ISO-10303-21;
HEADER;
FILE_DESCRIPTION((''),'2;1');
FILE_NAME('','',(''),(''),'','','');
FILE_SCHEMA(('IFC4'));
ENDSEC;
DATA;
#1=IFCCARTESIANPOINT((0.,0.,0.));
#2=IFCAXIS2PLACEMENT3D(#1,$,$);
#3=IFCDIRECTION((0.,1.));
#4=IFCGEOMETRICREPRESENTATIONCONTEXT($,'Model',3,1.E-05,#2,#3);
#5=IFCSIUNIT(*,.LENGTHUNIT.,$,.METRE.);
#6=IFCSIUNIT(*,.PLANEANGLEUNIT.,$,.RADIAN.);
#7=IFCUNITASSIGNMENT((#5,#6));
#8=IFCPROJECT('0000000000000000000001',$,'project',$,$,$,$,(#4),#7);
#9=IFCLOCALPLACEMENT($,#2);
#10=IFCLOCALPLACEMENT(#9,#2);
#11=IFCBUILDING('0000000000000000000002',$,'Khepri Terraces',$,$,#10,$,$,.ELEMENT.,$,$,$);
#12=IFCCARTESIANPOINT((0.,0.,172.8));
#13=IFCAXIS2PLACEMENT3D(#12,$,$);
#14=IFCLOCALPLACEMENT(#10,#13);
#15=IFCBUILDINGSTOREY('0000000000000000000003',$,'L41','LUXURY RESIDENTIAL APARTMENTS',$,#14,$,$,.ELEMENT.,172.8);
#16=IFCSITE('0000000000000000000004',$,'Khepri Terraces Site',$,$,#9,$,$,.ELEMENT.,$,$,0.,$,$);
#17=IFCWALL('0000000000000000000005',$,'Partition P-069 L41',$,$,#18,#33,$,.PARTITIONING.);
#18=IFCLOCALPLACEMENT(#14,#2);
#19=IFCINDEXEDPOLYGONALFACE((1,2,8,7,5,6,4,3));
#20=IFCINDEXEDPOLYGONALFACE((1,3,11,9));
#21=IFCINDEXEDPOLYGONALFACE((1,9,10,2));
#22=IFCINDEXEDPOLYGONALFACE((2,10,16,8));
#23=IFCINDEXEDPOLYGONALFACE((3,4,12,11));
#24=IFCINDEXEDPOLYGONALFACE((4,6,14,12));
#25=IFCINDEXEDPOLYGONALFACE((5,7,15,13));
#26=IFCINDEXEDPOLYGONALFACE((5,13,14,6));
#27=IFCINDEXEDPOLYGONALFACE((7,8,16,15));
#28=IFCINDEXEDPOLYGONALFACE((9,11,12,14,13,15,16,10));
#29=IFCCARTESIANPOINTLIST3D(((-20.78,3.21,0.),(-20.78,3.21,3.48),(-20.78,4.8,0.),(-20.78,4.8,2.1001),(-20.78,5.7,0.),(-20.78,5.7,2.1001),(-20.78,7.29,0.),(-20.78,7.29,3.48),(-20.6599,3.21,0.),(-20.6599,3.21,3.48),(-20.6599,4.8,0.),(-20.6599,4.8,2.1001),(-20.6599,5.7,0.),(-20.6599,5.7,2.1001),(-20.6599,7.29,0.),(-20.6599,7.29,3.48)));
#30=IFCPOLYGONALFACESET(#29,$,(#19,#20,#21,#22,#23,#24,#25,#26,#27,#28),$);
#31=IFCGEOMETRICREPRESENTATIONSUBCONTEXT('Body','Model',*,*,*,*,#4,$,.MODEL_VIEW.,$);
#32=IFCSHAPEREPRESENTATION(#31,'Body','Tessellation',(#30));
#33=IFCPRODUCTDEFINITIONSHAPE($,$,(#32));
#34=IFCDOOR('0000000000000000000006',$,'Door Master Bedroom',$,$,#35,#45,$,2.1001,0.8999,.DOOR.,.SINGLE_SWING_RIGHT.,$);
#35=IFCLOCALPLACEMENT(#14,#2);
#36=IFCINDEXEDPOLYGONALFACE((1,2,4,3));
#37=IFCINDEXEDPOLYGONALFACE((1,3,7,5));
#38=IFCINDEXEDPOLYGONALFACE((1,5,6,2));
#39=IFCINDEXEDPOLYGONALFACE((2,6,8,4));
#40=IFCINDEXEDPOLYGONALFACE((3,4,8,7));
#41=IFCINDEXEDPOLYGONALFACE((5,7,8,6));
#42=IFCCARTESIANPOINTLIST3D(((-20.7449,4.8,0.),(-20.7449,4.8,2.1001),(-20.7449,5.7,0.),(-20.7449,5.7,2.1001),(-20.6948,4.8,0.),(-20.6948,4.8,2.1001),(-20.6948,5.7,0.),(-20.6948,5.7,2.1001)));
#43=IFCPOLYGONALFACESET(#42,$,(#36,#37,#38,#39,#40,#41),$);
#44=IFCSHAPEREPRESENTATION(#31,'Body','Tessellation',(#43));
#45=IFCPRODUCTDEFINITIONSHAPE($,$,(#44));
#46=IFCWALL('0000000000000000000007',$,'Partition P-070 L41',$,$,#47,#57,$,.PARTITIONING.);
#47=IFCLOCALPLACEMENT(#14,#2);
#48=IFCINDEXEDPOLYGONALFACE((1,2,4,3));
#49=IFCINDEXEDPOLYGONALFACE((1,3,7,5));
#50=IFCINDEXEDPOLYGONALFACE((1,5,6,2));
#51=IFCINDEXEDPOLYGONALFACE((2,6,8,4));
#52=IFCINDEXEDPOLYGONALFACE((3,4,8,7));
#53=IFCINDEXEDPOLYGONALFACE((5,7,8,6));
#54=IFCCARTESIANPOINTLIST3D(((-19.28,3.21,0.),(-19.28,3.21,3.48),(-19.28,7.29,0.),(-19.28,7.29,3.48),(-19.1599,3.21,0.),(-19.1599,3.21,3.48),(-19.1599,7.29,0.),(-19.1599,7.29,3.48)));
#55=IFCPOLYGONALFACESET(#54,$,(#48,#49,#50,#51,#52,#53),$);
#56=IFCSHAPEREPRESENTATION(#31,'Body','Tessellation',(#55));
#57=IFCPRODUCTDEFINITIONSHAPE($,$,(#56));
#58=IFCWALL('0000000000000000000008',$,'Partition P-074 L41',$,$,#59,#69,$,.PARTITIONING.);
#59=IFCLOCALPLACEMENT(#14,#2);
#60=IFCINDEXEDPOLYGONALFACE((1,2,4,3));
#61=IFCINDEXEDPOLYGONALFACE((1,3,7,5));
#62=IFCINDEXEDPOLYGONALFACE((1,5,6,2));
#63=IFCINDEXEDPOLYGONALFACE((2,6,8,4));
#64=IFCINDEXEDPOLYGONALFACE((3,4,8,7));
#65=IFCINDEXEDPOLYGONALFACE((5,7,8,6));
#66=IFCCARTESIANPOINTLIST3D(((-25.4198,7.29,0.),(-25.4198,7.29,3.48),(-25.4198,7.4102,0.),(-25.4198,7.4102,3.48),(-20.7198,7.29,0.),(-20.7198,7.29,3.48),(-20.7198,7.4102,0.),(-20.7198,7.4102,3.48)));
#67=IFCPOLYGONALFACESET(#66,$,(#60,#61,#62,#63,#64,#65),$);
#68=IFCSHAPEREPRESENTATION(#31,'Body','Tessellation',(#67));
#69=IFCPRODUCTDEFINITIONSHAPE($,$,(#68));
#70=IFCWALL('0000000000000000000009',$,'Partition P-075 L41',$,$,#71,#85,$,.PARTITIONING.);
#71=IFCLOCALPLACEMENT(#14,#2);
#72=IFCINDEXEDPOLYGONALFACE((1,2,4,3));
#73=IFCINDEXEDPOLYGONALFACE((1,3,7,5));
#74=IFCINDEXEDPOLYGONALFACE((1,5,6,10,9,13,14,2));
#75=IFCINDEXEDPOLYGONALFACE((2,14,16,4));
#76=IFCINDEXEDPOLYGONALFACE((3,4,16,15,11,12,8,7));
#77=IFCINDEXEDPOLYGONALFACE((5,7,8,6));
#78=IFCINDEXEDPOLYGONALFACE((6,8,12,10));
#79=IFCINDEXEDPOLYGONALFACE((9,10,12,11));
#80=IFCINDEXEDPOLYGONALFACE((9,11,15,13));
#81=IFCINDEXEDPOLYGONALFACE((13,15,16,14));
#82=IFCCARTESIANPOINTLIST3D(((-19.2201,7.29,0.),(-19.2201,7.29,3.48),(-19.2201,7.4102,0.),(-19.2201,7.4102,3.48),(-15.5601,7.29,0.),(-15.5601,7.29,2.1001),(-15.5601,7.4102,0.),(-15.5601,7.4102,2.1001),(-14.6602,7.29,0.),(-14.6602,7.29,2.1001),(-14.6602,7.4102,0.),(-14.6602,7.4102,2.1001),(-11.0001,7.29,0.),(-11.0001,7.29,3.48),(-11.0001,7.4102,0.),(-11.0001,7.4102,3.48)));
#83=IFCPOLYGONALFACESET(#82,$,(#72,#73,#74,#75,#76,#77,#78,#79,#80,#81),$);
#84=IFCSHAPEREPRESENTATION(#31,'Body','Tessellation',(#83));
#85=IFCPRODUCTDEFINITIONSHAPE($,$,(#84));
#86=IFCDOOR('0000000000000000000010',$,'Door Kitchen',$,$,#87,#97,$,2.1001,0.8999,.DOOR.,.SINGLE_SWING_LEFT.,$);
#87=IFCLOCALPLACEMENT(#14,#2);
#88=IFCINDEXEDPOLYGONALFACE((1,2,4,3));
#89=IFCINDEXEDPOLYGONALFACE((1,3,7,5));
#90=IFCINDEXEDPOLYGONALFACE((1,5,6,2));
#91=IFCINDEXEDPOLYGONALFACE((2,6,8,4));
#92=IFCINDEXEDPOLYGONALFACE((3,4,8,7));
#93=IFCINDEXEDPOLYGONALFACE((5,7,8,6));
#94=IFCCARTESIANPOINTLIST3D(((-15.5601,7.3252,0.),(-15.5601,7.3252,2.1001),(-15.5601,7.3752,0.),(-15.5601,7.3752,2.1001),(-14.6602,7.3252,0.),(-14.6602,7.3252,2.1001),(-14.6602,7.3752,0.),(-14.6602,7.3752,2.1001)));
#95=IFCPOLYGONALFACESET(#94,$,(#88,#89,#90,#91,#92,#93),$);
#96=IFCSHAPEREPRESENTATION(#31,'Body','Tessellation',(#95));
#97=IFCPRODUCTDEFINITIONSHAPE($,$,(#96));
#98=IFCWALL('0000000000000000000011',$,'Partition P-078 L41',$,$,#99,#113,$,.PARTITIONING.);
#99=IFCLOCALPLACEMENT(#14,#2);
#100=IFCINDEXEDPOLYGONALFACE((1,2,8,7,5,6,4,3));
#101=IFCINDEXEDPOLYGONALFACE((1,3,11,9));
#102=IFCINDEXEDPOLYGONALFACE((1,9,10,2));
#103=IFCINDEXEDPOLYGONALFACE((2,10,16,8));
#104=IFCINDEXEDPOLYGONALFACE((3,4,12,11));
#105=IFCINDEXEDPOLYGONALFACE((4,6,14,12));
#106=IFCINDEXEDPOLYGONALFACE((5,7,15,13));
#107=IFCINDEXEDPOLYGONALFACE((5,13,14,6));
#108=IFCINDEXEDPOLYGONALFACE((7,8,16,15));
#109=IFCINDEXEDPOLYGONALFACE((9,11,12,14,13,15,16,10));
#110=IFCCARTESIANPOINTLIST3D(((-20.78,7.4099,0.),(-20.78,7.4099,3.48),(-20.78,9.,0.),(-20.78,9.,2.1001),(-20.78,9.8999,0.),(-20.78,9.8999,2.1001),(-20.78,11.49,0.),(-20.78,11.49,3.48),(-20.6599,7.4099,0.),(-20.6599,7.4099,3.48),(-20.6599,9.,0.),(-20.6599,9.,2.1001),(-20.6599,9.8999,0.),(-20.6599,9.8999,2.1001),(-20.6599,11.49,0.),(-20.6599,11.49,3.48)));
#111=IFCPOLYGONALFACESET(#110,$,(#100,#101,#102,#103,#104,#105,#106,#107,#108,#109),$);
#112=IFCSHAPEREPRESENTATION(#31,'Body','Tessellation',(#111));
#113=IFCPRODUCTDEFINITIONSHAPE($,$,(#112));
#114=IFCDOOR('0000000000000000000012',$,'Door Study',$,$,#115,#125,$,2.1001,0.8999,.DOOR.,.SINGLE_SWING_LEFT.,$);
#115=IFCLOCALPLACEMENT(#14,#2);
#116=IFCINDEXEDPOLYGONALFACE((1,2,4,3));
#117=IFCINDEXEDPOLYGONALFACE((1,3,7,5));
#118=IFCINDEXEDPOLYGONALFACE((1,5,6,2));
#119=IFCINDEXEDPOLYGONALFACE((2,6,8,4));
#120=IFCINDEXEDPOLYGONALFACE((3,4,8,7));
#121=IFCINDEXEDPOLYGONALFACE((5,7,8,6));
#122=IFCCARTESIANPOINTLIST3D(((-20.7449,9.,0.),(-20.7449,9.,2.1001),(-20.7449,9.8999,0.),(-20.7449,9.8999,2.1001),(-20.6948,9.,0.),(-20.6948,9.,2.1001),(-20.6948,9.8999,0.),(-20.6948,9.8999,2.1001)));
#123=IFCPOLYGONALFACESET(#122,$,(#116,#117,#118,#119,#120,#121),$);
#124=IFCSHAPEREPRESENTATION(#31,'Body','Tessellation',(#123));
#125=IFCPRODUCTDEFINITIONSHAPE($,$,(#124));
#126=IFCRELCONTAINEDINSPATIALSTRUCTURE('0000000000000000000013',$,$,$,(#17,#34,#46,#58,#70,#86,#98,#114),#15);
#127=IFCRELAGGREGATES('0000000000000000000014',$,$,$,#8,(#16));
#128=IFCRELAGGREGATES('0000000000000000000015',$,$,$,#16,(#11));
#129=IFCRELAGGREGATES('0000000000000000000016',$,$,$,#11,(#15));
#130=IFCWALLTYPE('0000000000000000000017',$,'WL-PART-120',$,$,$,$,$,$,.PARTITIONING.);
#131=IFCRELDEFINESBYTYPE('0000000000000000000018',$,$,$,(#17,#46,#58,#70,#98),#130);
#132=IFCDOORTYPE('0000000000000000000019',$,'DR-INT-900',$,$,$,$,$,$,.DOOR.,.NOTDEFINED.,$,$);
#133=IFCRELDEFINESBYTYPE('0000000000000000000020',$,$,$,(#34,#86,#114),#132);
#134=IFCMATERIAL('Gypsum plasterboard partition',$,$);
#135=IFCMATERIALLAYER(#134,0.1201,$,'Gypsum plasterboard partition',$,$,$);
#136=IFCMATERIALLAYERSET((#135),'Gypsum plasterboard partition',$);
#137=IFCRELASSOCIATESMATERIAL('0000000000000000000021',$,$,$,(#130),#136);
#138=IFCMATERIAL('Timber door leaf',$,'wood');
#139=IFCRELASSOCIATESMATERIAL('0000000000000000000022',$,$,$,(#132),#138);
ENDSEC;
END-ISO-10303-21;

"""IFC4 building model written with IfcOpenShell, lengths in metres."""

from ifc_helpers import new_model, si_unit, direction, frame, frame_2d, origin, place, context, subcontext, project, spatial, rectangle, extrude, material, layer, layer_set, type_object, element, fill, save


model = new_model("IFC4")

# Units and contexts
model_context = context("Model", 3, precision=1e-05, world=origin(), true_north=direction((0.0, 1.0)))
body_context = subcontext(model_context, "Body", "Model", "MODEL_VIEW")
ifc_project = project(units=[si_unit("LENGTHUNIT", "METRE"), si_unit("PLANEANGLEUNIT", "RADIAN")], contexts=[model_context])

# Site, building, storey
site_placement = place(None, origin())
site = spatial("IfcSite", under=ifc_project, at=site_placement, Name="Khepri Terraces Site", CompositionType="ELEMENT", RefElevation=0.0)
building_placement = place(site_placement, origin())
building = spatial("IfcBuilding", under=site, at=building_placement, Name="Khepri Terraces", CompositionType="ELEMENT")
storey_placement = place(building_placement, frame((0.0, 0.0, 172.8)))
storey = spatial("IfcBuildingStorey", under=building, at=storey_placement, Name="L41", Description="LUXURY RESIDENTIAL APARTMENTS", CompositionType="ELEMENT", Elevation=172.8)

# Shared definitions
ifc_material_1 = material(Name="Gypsum plasterboard partition")
ifc_layer_1 = layer(ifc_material_1, 0.1201, Name="Gypsum plasterboard partition")
ifc_layer_set_1 = layer_set([ifc_layer_1], Name="Gypsum plasterboard partition")
wall_type_1 = type_object("IfcWallType", Name="WL-PART-120", PredefinedType="PARTITIONING", material=ifc_layer_set_1)

# Shared definitions
ifc_material_2 = material(Name="Timber door leaf", Category="wood")
door_type_1 = type_object("IfcDoorType", Name="DR-INT-900", OperationType="NOTDEFINED", PredefinedType="DOOR", material=ifc_material_2)

# Wall, opening, door
wall_1_placement = place(storey_placement, frame((-20.72, 3.21, 0.0), z_axis=(0.0, 0.0, 1.0), x_axis=(0.0, 1.0, 0.0)))
wall_1 = element("IfcWall", 1, at=wall_1_placement, inside=storey, type_object=wall_type_1, Name="Partition P-069 L41", PredefinedType="PARTITIONING", context=body_context, shape_type="SweptSolid", body=[
    extrude(rectangle(XDim=4.0801, YDim=0.1201, at=frame_2d((2.04, 0.0))), origin(), (0.0, 0.0, 1.0), 3.48),
])
opening_1_placement = place(wall_1_placement, frame((1.5901, 0.0, 0.0)))
opening_1 = element("IfcOpeningElement", 2, at=opening_1_placement, cuts=wall_1, PredefinedType="OPENING", context=body_context, shape_type="SweptSolid", body=[
    extrude(rectangle(XDim=0.8999, YDim=2.1001, at=frame_2d((0.45, 1.05))), frame((0.0, 0.0701, 0.0), z_axis=(0.0, -1.0, 0.0), x_axis=(1.0, 0.0, 0.0)), (0.0, 0.0, 1.0), 0.1401),
])
door_1_placement = place(opening_1_placement, origin())
door_1 = element("IfcDoor", 3, at=door_1_placement, inside=storey, type_object=door_type_1, Name="Door Master Bedroom", OperationType="SINGLE_SWING_RIGHT", OverallHeight=2.1001, OverallWidth=0.8999, PredefinedType="DOOR", context=body_context, shape_type="SweptSolid", body=[
    extrude(rectangle(XDim=0.8999, YDim=2.1001, at=frame_2d((0.45, 1.05))), frame((0.0, 0.0249, 0.0), z_axis=(0.0, -1.0, 0.0), x_axis=(1.0, 0.0, 0.0)), (0.0, 0.0, 1.0), 0.05),
])
fill(opening_1, door_1)

# Walls
wall_2_placement = place(storey_placement, frame((-19.22, 3.21, 0.0), z_axis=(0.0, 0.0, 1.0), x_axis=(0.0, 1.0, 0.0)))
element("IfcWall", 4, at=wall_2_placement, inside=storey, type_object=wall_type_1, Name="Partition P-070 L41", PredefinedType="PARTITIONING", context=body_context, shape_type="SweptSolid", body=[
    extrude(rectangle(XDim=4.0801, YDim=0.1201, at=frame_2d((2.04, 0.0))), origin(), (0.0, 0.0, 1.0), 3.48),
])
wall_3_placement = place(storey_placement, frame((-25.4199, 7.3501, 0.0), z_axis=(0.0, 0.0, 1.0), x_axis=(1.0, 0.0, 0.0)))
element("IfcWall", 5, at=wall_3_placement, inside=storey, type_object=wall_type_1, Name="Partition P-074 L41", PredefinedType="PARTITIONING", context=body_context, shape_type="SweptSolid", body=[
    extrude(rectangle(XDim=4.7, YDim=0.1201, at=frame_2d((2.3501, 0.0))), origin(), (0.0, 0.0, 1.0), 3.48),
])

# Walls, openings, doors
wall_4_placement = place(storey_placement, frame((-19.22, 7.3501, 0.0), z_axis=(0.0, 0.0, 1.0), x_axis=(1.0, 0.0, 0.0)))
wall_4 = element("IfcWall", 6, at=wall_4_placement, inside=storey, type_object=wall_type_1, Name="Partition P-075 L41", PredefinedType="PARTITIONING", context=body_context, shape_type="SweptSolid", body=[
    extrude(rectangle(XDim=8.22, YDim=0.1201, at=frame_2d((4.1099, 0.0))), origin(), (0.0, 0.0, 1.0), 3.48),
])
opening_2_placement = place(wall_4_placement, frame((3.6599, 0.0, 0.0)))
opening_2 = element("IfcOpeningElement", 7, at=opening_2_placement, cuts=wall_4, PredefinedType="OPENING", context=body_context, shape_type="SweptSolid", body=[
    extrude(rectangle(XDim=0.8999, YDim=2.1001, at=frame_2d((0.45, 1.05))), frame((0.0, 0.0701, 0.0), z_axis=(0.0, -1.0, 0.0), x_axis=(1.0, 0.0, 0.0)), (0.0, 0.0, 1.0), 0.1401),
])
door_2_placement = place(opening_2_placement, frame((0.8999, 0.0, 0.0), z_axis=(0.0, 0.0, 1.0), x_axis=(-1.0, 0.0, 0.0)))
door_2 = element("IfcDoor", 8, at=door_2_placement, inside=storey, type_object=door_type_1, Name="Door Kitchen", OperationType="SINGLE_SWING_LEFT", OverallHeight=2.1001, OverallWidth=0.8999, PredefinedType="DOOR", context=body_context, shape_type="SweptSolid", body=[
    extrude(rectangle(XDim=0.8999, YDim=2.1001, at=frame_2d((0.45, 1.05))), frame((0.0, 0.0249, 0.0), z_axis=(0.0, -1.0, 0.0), x_axis=(1.0, 0.0, 0.0)), (0.0, 0.0, 1.0), 0.05),
])
fill(opening_2, door_2)
wall_5_placement = place(storey_placement, frame((-20.72, 7.4099, 0.0), z_axis=(0.0, 0.0, 1.0), x_axis=(0.0, 1.0, 0.0)))
wall_5 = element("IfcWall", 9, at=wall_5_placement, inside=storey, type_object=wall_type_1, Name="Partition P-078 L41", PredefinedType="PARTITIONING", context=body_context, shape_type="SweptSolid", body=[
    extrude(rectangle(XDim=4.0801, YDim=0.1201, at=frame_2d((2.04, 0.0))), origin(), (0.0, 0.0, 1.0), 3.48),
])
opening_3_placement = place(wall_5_placement, frame((1.5901, 0.0, 0.0)))
opening_3 = element("IfcOpeningElement", 10, at=opening_3_placement, cuts=wall_5, PredefinedType="OPENING", context=body_context, shape_type="SweptSolid", body=[
    extrude(rectangle(XDim=0.8999, YDim=2.1001, at=frame_2d((0.45, 1.05))), frame((0.0, 0.0701, 0.0), z_axis=(0.0, -1.0, 0.0), x_axis=(1.0, 0.0, 0.0)), (0.0, 0.0, 1.0), 0.1401),
])
door_3_placement = place(opening_3_placement, origin())
door_3 = element("IfcDoor", 11, at=door_3_placement, inside=storey, type_object=door_type_1, Name="Door Study", OperationType="SINGLE_SWING_LEFT", OverallHeight=2.1001, OverallWidth=0.8999, PredefinedType="DOOR", context=body_context, shape_type="SweptSolid", body=[
    extrude(rectangle(XDim=0.8999, YDim=2.1001, at=frame_2d((0.45, 1.05))), frame((0.0, 0.0249, 0.0), z_axis=(0.0, -1.0, 0.0), x_axis=(1.0, 0.0, 0.0)), (0.0, 0.0, 1.0), 0.05),
])
fill(opening_3, door_3)

save(model, "model.ifc")
